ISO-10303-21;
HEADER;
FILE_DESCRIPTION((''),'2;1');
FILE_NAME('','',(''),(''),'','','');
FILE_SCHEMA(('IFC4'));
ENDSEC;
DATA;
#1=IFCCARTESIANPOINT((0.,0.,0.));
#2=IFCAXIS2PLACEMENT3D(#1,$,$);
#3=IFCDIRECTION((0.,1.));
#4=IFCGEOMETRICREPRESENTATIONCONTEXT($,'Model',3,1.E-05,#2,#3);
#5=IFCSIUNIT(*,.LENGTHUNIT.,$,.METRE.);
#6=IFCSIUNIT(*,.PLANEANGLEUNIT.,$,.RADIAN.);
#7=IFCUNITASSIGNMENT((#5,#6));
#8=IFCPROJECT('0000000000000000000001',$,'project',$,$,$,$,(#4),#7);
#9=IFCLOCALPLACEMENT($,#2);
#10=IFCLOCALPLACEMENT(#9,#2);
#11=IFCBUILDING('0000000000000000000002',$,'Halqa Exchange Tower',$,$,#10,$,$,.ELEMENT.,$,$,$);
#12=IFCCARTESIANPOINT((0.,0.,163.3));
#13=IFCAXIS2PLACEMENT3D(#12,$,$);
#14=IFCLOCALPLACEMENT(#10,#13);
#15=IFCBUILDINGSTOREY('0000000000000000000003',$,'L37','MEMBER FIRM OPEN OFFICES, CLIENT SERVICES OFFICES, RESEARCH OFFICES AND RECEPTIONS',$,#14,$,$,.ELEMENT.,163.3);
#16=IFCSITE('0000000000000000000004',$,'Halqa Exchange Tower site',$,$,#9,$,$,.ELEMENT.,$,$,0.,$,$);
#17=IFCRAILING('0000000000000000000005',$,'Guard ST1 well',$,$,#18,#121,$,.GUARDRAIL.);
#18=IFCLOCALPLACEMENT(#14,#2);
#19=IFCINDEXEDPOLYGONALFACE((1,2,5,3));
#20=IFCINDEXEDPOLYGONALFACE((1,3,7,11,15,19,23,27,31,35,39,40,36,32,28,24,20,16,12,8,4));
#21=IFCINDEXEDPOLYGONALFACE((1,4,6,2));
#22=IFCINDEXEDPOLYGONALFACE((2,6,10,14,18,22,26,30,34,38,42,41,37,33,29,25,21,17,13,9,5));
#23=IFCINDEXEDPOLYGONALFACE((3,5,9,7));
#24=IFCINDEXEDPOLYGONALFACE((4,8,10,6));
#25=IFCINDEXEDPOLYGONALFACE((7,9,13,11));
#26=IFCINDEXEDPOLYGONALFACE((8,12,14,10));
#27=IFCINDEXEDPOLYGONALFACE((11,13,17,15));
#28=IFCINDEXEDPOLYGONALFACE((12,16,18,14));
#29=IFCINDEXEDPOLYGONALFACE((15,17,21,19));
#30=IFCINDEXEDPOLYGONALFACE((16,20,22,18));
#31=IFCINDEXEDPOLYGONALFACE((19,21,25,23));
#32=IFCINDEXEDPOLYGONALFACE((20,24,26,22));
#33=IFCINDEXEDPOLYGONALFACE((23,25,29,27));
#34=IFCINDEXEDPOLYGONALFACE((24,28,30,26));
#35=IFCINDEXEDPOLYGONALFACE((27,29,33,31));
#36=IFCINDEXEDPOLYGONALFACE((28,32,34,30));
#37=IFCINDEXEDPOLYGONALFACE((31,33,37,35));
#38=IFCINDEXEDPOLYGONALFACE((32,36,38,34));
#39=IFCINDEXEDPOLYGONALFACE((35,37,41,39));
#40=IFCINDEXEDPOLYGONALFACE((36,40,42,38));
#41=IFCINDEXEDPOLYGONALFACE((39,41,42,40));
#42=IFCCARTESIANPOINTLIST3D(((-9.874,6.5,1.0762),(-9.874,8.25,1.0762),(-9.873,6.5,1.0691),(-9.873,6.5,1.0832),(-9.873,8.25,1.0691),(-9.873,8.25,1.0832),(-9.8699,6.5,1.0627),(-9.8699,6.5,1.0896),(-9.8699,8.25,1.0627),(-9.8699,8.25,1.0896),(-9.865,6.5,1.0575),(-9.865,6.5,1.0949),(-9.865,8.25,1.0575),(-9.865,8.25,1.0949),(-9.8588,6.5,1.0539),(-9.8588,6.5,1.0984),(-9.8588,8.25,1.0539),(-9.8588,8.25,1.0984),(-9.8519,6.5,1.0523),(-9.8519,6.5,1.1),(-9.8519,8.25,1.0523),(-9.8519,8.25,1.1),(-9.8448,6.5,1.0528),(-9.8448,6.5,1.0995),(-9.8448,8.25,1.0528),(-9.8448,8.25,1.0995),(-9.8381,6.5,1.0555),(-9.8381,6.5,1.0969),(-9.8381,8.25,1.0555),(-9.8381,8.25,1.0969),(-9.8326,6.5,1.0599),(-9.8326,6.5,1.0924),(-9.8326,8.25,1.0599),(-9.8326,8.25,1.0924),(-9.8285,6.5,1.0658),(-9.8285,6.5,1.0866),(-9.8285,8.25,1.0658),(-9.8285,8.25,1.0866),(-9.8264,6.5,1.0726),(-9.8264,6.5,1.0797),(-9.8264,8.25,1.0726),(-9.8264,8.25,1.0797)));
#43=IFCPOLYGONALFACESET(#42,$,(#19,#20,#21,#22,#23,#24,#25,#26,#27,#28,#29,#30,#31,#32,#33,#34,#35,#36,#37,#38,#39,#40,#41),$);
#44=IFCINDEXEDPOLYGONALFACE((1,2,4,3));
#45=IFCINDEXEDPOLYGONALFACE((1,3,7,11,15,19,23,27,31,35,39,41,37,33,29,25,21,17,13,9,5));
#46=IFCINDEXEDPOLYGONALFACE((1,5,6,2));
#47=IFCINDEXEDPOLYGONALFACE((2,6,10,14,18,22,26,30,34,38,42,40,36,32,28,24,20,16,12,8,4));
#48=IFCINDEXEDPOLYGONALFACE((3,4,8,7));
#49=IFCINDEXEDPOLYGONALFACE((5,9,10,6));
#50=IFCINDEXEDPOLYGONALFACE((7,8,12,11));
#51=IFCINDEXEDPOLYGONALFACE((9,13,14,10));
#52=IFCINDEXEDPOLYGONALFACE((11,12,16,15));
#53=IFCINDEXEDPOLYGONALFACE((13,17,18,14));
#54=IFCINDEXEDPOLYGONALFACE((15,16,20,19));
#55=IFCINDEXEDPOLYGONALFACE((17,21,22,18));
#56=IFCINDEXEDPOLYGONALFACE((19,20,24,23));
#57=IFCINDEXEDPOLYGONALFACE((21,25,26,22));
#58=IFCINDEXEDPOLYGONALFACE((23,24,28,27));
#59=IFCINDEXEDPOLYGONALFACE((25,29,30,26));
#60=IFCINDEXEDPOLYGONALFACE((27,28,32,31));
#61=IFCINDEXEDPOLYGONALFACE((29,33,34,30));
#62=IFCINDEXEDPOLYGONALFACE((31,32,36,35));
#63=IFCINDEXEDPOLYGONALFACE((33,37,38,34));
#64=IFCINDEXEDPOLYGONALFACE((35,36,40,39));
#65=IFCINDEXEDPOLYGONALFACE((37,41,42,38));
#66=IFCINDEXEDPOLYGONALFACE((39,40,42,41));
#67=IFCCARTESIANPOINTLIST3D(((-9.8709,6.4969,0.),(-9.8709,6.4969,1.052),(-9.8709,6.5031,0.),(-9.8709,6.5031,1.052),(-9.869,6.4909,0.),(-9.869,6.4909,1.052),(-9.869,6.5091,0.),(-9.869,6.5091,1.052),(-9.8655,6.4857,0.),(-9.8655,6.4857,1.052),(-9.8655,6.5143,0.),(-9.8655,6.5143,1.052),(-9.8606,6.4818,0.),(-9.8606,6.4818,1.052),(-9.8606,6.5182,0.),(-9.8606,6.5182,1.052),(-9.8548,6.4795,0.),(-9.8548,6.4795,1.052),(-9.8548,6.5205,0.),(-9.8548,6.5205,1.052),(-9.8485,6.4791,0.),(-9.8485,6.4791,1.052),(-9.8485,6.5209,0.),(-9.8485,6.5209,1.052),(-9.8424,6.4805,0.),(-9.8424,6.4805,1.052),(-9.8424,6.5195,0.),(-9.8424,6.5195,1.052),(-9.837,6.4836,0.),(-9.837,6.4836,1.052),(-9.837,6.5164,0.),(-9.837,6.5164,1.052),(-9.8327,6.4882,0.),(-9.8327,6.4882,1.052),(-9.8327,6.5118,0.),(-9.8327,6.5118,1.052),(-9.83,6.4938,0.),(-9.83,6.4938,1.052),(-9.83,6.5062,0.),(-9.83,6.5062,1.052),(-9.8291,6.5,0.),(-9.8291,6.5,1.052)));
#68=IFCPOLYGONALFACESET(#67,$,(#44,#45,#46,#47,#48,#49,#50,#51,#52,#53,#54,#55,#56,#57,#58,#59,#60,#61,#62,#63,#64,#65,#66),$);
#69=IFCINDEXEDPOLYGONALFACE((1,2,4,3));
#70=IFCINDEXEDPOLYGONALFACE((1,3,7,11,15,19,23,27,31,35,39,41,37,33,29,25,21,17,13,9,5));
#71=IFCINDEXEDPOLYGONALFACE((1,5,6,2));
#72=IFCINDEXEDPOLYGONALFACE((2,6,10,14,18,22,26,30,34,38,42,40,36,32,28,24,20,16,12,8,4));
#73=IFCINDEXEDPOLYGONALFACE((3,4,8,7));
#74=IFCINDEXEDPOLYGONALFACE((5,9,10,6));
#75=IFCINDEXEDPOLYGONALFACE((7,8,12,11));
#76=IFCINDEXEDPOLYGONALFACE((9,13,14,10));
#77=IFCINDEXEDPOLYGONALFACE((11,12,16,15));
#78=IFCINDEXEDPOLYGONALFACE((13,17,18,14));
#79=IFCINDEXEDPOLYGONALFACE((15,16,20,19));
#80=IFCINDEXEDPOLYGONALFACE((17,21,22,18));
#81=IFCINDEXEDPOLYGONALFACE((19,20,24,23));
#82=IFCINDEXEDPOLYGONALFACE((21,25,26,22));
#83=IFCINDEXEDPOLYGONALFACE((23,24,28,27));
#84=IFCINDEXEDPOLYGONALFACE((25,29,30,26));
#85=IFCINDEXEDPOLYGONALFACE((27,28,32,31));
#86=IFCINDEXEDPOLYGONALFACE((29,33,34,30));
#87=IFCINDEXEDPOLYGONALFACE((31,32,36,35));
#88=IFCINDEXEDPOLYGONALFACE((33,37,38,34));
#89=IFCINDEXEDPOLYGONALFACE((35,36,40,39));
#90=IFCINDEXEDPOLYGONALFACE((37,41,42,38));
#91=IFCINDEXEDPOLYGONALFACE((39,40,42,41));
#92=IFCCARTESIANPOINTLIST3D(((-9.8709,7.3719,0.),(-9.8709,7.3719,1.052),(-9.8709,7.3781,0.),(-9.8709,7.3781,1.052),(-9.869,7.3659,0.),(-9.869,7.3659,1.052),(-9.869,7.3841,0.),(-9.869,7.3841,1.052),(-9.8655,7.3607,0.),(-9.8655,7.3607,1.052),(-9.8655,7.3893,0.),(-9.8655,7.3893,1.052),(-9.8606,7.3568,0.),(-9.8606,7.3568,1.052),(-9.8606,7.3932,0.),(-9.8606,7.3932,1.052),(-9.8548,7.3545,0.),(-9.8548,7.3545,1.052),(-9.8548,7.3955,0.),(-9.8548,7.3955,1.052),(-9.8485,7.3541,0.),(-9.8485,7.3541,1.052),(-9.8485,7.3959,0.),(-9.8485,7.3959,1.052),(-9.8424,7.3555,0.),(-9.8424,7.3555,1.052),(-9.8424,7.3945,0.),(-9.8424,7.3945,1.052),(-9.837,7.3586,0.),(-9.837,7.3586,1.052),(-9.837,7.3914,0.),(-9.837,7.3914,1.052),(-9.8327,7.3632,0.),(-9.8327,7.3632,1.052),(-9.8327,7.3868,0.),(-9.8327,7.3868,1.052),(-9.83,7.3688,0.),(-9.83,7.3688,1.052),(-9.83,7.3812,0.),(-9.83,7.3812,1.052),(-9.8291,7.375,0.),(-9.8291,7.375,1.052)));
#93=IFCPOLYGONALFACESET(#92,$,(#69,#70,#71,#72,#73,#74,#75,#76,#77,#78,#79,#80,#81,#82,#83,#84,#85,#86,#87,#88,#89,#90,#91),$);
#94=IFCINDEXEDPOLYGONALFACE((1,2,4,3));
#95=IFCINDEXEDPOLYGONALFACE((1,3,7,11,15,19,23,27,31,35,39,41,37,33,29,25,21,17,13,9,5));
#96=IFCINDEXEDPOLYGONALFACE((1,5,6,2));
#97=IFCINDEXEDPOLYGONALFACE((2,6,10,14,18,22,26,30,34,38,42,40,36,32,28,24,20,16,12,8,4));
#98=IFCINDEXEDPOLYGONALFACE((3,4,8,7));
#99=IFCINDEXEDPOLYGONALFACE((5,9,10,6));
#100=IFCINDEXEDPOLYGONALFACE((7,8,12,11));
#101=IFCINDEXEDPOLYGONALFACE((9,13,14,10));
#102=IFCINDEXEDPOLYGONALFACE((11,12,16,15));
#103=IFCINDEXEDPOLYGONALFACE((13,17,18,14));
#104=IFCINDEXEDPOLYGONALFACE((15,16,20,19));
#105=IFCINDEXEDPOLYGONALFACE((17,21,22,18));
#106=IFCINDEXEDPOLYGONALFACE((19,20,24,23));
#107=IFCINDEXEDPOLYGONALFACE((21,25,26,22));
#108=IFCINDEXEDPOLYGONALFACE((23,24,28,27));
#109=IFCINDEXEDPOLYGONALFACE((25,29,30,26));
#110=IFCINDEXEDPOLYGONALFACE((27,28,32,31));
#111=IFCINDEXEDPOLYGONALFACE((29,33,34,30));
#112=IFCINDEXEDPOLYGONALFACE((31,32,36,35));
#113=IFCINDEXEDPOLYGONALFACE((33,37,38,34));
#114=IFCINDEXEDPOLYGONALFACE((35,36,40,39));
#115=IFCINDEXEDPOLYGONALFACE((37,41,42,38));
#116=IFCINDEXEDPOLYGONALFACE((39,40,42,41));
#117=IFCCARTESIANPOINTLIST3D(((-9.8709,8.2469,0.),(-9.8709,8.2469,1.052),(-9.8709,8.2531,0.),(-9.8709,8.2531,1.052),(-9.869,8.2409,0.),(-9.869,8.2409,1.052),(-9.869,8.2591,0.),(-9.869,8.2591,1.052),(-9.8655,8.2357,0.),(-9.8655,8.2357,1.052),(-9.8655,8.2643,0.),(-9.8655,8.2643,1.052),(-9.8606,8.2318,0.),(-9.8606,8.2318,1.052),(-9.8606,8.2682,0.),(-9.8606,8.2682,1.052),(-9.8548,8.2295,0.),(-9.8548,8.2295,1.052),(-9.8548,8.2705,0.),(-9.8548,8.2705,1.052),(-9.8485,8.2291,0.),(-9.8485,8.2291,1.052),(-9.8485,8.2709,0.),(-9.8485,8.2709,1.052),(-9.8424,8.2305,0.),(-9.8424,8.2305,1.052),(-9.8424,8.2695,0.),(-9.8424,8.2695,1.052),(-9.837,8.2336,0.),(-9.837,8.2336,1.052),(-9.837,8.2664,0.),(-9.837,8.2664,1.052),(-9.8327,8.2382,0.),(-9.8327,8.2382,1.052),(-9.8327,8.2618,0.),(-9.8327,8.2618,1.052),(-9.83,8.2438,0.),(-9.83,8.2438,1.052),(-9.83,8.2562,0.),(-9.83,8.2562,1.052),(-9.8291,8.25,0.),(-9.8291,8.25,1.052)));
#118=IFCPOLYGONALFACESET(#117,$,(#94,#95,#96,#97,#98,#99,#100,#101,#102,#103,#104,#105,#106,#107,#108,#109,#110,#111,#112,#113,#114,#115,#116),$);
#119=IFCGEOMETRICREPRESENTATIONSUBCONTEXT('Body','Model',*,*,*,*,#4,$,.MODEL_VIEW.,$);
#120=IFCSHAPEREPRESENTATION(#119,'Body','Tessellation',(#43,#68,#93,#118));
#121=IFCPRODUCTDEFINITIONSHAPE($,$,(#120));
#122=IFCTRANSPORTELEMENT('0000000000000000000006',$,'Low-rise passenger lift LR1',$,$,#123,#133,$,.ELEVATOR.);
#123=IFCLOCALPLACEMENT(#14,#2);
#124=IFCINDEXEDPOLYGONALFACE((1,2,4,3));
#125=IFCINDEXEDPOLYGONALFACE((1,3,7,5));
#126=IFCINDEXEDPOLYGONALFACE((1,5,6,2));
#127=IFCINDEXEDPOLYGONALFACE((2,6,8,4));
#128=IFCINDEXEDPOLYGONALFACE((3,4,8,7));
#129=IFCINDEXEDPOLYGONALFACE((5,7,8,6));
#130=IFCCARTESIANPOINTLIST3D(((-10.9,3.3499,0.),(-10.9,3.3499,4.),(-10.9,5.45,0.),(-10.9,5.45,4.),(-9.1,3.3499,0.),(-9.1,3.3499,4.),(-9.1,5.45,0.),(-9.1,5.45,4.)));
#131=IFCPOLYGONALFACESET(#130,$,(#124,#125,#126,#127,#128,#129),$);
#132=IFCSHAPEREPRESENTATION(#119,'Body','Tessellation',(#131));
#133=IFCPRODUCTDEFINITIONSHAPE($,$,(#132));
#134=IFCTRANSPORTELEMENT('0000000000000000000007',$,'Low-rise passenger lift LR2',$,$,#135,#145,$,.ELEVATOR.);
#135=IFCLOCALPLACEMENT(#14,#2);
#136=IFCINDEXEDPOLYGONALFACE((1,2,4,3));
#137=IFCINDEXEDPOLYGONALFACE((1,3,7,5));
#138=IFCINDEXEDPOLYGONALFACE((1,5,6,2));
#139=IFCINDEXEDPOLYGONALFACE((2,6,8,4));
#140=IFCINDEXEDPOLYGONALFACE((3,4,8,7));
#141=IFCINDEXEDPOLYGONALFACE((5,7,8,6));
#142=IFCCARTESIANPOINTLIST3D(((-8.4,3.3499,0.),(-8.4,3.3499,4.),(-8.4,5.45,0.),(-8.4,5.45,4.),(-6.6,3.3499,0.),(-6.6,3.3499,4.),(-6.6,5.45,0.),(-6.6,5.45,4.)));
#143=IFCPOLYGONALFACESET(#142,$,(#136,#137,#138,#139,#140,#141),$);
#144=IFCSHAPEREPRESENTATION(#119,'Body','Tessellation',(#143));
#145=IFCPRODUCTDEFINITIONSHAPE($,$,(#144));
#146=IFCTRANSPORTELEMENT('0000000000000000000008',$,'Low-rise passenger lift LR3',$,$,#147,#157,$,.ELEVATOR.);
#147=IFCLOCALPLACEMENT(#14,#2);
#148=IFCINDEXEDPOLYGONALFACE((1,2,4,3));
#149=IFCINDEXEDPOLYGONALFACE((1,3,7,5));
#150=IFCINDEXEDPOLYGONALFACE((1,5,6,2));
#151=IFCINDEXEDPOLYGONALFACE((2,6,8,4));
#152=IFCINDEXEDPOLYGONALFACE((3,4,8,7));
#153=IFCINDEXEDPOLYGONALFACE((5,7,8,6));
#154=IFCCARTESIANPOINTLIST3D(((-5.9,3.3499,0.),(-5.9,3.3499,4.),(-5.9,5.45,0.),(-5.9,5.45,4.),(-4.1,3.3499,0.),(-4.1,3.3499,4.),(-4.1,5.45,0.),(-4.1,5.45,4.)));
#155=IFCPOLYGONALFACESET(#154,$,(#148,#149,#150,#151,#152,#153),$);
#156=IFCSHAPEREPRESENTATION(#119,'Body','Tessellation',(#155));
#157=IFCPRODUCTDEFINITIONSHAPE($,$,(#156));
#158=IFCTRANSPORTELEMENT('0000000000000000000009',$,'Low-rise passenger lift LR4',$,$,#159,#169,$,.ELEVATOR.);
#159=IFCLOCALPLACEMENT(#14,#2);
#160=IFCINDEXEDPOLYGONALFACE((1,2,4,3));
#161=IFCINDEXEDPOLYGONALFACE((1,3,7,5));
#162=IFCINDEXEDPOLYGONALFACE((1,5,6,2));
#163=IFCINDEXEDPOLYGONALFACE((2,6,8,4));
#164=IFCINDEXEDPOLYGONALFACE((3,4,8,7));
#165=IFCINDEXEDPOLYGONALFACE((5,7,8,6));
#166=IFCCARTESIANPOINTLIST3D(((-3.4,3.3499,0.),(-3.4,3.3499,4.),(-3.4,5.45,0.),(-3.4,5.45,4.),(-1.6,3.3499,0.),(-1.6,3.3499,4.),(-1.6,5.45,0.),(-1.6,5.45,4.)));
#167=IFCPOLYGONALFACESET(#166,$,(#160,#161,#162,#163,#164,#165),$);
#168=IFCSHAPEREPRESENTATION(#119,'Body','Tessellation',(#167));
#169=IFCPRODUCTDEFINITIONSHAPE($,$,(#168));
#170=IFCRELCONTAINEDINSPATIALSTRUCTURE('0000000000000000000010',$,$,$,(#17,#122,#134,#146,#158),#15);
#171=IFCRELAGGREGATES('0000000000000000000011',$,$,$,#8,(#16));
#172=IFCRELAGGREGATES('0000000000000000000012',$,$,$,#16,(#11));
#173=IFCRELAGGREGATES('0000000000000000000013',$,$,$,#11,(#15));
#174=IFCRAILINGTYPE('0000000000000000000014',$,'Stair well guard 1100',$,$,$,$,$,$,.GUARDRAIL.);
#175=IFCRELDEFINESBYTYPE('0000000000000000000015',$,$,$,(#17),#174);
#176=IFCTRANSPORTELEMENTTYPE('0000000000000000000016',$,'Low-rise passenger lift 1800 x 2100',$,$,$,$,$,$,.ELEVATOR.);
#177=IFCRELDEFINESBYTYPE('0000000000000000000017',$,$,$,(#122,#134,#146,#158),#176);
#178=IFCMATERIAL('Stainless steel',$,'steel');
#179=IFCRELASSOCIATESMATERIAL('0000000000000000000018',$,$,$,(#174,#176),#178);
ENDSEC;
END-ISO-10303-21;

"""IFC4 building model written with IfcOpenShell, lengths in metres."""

from ifc_helpers import new_model, si_unit, direction, frame, origin, origin_2d, place, context, subcontext, project, spatial, rectangle, circle, extrude, material, type_object, element, save


model = new_model("IFC4")

# Units and contexts
model_context = context("Model", 3, precision=1e-05, world=origin(), true_north=direction((0.0, 1.0)))
body_context = subcontext(model_context, "Body", "Model", "MODEL_VIEW")
ifc_project = project(units=[si_unit("LENGTHUNIT", "METRE"), si_unit("PLANEANGLEUNIT", "RADIAN")], contexts=[model_context])

# Site, building, storey
site_placement = place(None, origin())
site = spatial("IfcSite", under=ifc_project, at=site_placement, Name="Halqa Exchange Tower site", CompositionType="ELEMENT", RefElevation=0.0)
building_placement = place(site_placement, origin())
building = spatial("IfcBuilding", under=site, at=building_placement, Name="Halqa Exchange Tower", CompositionType="ELEMENT")
storey_placement = place(building_placement, frame((0.0, 0.0, 163.3)))
storey = spatial("IfcBuildingStorey", under=building, at=storey_placement, Name="L37", Description="MEMBER FIRM OPEN OFFICES, CLIENT SERVICES OFFICES, RESEARCH OFFICES AND RECEPTIONS", CompositionType="ELEMENT", Elevation=163.3)

# Shared definitions
ifc_material_1 = material(Name="Stainless steel", Category="steel")

# Railing
railing_type_1 = type_object("IfcRailingType", Name="Stair well guard 1100", PredefinedType="GUARDRAIL", material=ifc_material_1)
railing_1_placement = place(storey_placement, frame((-9.8501, 6.5, 0.0)))
element("IfcRailing", 1, at=railing_1_placement, inside=storey, type_object=railing_type_1, Name="Guard ST1 well", PredefinedType="GUARDRAIL", context=body_context, shape_type="SweptSolid", body=[
    extrude(circle(Radius=0.0239, at=origin_2d()), frame((0.0, 0.0, 1.0762), z_axis=(0.0, 1.0, 0.0), x_axis=(-1.0, 0.0, 0.0)), (0.0, 0.0, 1.0), 1.75),
    extrude(circle(Radius=0.021, at=origin_2d()), origin(), (0.0, 0.0, 1.0), 1.052),
    extrude(circle(Radius=0.021, at=origin_2d()), frame((0.0, 0.875, 0.0)), (0.0, 0.0, 1.0), 1.052),
    extrude(circle(Radius=0.021, at=origin_2d()), frame((0.0, 1.75, 0.0)), (0.0, 0.0, 1.0), 1.052),
])

# Transport elements
transport_element_type = type_object("IfcTransportElementType", Name="Low-rise passenger lift 1800 x 2100", PredefinedType="ELEVATOR", material=ifc_material_1)
for number, where, z_axis, x_axis, name in (
    (2, (-10.0, 4.3999, 0.0), (0.0, 0.0, 1.0), (1.0, 0.0, 0.0), "Low-rise passenger lift LR1"),
    (3, (-7.5, 4.3999, 0.0), (0.0, 0.0, 1.0), (1.0, 0.0, 0.0), "Low-rise passenger lift LR2"),
    (4, (-5.0, 4.3999, 0.0), (0.0, 0.0, 1.0), (1.0, 0.0, 0.0), "Low-rise passenger lift LR3"),
    (5, (-2.5, 4.3999, 0.0), (0.0, 0.0, 1.0), (1.0, 0.0, 0.0), "Low-rise passenger lift LR4"),
):
    element("IfcTransportElement", number, at=place(storey_placement, frame(where, z_axis=z_axis, x_axis=x_axis)), inside=storey, type_object=transport_element_type, Name=name, PredefinedType="ELEVATOR", context=body_context, shape_type="SweptSolid", body=[
        extrude(rectangle(XDim=1.8, YDim=2.1001, at=origin_2d()), origin(), (0.0, 0.0, 1.0), 4.0),
    ])

save(model, "model.ifc")
